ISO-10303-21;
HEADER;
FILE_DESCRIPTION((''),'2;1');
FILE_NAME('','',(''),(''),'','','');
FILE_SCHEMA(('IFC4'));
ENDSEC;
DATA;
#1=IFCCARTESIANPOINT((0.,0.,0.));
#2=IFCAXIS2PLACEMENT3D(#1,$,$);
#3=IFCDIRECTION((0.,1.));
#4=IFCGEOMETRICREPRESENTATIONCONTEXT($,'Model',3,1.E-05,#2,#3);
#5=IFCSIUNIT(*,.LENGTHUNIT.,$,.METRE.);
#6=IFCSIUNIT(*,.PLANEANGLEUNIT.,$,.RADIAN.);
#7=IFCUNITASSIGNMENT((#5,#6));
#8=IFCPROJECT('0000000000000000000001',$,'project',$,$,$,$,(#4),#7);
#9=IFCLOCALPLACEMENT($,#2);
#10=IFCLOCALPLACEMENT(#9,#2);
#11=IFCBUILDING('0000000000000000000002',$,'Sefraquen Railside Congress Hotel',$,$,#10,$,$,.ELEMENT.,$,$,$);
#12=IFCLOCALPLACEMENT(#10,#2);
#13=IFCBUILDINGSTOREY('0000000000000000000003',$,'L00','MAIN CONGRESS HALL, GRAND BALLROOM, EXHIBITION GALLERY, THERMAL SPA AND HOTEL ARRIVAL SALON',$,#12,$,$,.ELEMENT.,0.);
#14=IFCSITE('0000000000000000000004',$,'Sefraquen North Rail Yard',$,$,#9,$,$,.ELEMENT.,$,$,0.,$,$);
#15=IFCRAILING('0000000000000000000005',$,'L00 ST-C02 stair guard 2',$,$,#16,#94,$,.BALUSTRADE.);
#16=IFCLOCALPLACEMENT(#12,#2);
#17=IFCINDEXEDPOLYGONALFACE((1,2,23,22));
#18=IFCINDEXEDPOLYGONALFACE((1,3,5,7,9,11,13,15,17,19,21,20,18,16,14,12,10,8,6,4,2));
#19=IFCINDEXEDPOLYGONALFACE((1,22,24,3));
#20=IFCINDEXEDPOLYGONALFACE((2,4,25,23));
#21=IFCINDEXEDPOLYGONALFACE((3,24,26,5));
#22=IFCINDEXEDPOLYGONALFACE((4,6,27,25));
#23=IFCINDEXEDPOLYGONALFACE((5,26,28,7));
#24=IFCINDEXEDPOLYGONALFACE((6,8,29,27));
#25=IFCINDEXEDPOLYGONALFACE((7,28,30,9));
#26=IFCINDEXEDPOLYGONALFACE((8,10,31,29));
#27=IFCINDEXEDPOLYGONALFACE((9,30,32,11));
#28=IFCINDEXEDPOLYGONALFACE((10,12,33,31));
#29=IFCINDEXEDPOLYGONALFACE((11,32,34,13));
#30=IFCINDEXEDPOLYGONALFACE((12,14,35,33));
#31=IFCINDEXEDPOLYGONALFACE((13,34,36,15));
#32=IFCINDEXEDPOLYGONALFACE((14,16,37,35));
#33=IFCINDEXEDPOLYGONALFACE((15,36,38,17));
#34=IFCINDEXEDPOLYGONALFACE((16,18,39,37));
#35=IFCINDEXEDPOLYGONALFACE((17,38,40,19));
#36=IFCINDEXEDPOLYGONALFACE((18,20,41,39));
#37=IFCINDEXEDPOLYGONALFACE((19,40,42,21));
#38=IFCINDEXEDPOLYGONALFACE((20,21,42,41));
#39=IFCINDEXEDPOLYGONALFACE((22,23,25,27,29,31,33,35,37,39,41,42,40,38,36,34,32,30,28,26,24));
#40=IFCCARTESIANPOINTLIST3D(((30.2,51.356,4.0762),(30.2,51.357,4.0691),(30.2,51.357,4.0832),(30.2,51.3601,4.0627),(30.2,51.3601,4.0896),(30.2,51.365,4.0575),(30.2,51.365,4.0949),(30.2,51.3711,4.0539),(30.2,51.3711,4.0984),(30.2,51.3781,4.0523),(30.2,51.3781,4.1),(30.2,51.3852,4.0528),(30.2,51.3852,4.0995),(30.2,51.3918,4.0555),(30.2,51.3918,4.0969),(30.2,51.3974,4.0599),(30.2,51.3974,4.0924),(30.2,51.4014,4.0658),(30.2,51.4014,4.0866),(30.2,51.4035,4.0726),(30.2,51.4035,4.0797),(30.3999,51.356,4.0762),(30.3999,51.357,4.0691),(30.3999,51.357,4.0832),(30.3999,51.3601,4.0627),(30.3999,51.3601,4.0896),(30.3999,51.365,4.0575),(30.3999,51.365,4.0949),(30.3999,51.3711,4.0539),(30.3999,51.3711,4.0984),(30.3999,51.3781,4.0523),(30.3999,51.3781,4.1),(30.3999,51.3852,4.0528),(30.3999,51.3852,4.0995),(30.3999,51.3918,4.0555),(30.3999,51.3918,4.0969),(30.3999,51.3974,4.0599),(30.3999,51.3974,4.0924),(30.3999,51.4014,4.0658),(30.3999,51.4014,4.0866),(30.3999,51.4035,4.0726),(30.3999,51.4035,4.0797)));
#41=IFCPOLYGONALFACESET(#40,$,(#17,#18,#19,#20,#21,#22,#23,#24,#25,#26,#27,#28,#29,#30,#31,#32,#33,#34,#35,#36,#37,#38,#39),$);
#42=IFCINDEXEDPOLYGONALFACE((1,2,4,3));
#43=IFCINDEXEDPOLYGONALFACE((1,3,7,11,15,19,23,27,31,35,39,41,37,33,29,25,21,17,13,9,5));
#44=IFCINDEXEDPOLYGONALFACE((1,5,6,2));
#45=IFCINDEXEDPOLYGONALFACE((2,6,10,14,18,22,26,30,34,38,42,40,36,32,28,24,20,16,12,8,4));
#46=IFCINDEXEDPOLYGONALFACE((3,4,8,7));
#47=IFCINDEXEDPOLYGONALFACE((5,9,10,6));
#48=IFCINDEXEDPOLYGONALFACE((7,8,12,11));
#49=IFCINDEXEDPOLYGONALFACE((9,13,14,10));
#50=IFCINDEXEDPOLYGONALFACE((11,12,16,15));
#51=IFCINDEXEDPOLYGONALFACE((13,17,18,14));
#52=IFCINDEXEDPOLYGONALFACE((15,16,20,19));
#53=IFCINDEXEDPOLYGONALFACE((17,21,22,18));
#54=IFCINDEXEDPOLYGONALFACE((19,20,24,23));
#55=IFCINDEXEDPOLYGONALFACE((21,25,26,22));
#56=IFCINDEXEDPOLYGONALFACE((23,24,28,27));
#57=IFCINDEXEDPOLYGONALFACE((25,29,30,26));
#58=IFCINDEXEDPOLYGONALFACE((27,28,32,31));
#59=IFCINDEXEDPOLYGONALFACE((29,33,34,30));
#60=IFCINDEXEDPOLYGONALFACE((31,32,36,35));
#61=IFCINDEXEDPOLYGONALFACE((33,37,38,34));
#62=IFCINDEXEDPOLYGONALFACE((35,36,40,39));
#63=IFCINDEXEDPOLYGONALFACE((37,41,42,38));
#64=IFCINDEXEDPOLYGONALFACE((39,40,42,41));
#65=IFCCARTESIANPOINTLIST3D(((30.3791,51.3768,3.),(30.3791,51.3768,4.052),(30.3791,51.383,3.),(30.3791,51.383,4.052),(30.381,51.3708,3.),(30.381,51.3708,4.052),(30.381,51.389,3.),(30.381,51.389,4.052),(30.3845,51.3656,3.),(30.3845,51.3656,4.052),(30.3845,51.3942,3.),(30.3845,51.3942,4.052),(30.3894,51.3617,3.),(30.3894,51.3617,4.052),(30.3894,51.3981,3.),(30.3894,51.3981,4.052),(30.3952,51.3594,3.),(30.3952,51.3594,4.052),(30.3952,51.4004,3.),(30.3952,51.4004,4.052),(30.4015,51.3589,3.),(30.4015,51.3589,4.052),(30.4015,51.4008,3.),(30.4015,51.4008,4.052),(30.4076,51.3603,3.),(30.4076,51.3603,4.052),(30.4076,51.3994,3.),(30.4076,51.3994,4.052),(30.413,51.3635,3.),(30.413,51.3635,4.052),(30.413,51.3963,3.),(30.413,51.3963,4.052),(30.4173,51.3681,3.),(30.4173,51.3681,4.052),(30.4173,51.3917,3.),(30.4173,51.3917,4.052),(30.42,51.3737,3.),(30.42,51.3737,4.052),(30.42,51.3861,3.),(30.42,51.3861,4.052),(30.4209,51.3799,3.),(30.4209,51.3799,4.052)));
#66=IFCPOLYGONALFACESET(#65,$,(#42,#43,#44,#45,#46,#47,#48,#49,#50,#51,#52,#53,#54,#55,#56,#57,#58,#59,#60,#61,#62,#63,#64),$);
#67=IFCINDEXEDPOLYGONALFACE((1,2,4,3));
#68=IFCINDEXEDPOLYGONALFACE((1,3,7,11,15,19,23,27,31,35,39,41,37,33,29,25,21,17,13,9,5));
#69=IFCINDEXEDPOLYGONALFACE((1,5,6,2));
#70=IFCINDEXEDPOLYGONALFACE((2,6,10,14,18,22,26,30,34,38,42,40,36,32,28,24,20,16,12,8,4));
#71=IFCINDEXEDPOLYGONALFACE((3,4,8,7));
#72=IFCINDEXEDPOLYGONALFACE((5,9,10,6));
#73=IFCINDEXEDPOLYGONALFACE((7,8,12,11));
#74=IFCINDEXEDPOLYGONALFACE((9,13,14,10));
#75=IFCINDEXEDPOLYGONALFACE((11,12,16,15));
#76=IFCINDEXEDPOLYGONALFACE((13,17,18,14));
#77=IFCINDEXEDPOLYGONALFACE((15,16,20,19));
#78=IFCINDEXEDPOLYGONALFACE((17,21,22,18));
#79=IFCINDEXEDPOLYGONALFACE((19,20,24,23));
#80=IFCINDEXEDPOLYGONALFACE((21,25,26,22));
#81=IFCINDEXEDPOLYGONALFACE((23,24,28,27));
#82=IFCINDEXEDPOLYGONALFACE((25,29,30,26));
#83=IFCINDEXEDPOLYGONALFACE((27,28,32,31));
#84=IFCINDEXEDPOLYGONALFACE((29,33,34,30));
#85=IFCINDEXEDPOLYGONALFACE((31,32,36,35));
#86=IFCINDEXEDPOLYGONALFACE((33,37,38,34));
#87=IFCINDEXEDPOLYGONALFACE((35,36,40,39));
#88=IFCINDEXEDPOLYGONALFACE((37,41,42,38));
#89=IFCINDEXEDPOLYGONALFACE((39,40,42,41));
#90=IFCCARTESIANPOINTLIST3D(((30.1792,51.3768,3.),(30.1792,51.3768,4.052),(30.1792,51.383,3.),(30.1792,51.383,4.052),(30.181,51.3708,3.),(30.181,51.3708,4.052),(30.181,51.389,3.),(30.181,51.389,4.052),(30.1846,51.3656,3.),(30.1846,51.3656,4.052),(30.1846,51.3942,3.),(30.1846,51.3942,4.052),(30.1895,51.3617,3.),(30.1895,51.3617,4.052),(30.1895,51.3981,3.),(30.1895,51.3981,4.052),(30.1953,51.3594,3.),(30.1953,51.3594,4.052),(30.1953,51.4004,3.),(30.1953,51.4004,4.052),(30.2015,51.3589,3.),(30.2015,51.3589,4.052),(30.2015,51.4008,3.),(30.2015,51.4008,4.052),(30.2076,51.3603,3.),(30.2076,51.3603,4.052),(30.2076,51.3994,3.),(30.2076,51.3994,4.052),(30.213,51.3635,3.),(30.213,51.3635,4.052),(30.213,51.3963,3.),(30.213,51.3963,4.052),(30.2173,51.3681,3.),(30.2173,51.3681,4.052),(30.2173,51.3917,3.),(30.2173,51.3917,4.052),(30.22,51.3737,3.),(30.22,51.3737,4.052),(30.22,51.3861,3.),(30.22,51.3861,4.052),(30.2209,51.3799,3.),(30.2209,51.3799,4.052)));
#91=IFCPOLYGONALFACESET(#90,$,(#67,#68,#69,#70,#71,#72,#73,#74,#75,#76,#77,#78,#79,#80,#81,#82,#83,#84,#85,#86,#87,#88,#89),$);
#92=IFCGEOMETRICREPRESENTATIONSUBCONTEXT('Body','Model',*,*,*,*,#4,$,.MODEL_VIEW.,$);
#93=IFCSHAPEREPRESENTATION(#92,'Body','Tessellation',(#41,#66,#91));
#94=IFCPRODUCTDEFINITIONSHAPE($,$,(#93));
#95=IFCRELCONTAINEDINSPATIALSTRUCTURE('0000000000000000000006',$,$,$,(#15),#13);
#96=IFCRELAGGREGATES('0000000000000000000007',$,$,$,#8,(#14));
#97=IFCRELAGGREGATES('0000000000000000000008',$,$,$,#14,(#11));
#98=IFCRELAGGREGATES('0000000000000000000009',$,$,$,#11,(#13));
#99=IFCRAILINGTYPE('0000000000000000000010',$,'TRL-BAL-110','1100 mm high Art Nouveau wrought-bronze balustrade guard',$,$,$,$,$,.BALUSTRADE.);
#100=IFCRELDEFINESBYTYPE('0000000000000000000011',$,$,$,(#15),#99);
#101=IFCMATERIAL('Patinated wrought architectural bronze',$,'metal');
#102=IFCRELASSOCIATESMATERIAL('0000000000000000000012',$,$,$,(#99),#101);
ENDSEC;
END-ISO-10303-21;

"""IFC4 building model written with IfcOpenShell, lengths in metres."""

from ifc_helpers import new_model, si_unit, direction, frame, origin, origin_2d, place, context, subcontext, project, spatial, circle, extrude, material, type_object, element, save


model = new_model("IFC4")

# Units and contexts
model_context = context("Model", 3, precision=1e-05, world=origin(), true_north=direction((0.0, 1.0)))
body_context = subcontext(model_context, "Body", "Model", "MODEL_VIEW")
ifc_project = project(units=[si_unit("LENGTHUNIT", "METRE"), si_unit("PLANEANGLEUNIT", "RADIAN")], contexts=[model_context])

# Site, building, storey
site_placement = place(None, origin())
site = spatial("IfcSite", under=ifc_project, at=site_placement, Name="Sefraquen North Rail Yard", CompositionType="ELEMENT", RefElevation=0.0)
building_placement = place(site_placement, origin())
building = spatial("IfcBuilding", under=site, at=building_placement, Name="Sefraquen Railside Congress Hotel", CompositionType="ELEMENT")
storey_placement = place(building_placement, origin())
storey = spatial("IfcBuildingStorey", under=building, at=storey_placement, Name="L00", Description="MAIN CONGRESS HALL, GRAND BALLROOM, EXHIBITION GALLERY, THERMAL SPA AND HOTEL ARRIVAL SALON", CompositionType="ELEMENT", Elevation=0.0)

# Shared definitions
ifc_material_1 = material(Name="Patinated wrought architectural bronze", Category="metal")
railing_type_1 = type_object("IfcRailingType", Name="TRL-BAL-110", Description="1100 mm high Art Nouveau wrought-bronze balustrade guard", PredefinedType="BALUSTRADE", material=ifc_material_1)

# Railing
railing_1_placement = place(storey_placement, frame((30.3999, 51.3799, 3.0)))
element("IfcRailing", 1, at=railing_1_placement, inside=storey, type_object=railing_type_1, Name="L00 ST-C02 stair guard 2", PredefinedType="BALUSTRADE", context=body_context, shape_type="SweptSolid", body=[
    extrude(circle(Radius=0.0239, at=origin_2d()), frame((0.0, 0.0, 1.0762), z_axis=(-1.0, 0.0, 0.0), x_axis=(0.0, -1.0, 0.0)), (0.0, 0.0, 1.0), 0.2),
    extrude(circle(Radius=0.021, at=origin_2d()), origin(), (0.0, 0.0, 1.0), 1.052),
    extrude(circle(Radius=0.021, at=origin_2d()), frame((-0.2, 0.0, 0.0)), (0.0, 0.0, 1.0), 1.052),
])

save(model, "model.ifc")
